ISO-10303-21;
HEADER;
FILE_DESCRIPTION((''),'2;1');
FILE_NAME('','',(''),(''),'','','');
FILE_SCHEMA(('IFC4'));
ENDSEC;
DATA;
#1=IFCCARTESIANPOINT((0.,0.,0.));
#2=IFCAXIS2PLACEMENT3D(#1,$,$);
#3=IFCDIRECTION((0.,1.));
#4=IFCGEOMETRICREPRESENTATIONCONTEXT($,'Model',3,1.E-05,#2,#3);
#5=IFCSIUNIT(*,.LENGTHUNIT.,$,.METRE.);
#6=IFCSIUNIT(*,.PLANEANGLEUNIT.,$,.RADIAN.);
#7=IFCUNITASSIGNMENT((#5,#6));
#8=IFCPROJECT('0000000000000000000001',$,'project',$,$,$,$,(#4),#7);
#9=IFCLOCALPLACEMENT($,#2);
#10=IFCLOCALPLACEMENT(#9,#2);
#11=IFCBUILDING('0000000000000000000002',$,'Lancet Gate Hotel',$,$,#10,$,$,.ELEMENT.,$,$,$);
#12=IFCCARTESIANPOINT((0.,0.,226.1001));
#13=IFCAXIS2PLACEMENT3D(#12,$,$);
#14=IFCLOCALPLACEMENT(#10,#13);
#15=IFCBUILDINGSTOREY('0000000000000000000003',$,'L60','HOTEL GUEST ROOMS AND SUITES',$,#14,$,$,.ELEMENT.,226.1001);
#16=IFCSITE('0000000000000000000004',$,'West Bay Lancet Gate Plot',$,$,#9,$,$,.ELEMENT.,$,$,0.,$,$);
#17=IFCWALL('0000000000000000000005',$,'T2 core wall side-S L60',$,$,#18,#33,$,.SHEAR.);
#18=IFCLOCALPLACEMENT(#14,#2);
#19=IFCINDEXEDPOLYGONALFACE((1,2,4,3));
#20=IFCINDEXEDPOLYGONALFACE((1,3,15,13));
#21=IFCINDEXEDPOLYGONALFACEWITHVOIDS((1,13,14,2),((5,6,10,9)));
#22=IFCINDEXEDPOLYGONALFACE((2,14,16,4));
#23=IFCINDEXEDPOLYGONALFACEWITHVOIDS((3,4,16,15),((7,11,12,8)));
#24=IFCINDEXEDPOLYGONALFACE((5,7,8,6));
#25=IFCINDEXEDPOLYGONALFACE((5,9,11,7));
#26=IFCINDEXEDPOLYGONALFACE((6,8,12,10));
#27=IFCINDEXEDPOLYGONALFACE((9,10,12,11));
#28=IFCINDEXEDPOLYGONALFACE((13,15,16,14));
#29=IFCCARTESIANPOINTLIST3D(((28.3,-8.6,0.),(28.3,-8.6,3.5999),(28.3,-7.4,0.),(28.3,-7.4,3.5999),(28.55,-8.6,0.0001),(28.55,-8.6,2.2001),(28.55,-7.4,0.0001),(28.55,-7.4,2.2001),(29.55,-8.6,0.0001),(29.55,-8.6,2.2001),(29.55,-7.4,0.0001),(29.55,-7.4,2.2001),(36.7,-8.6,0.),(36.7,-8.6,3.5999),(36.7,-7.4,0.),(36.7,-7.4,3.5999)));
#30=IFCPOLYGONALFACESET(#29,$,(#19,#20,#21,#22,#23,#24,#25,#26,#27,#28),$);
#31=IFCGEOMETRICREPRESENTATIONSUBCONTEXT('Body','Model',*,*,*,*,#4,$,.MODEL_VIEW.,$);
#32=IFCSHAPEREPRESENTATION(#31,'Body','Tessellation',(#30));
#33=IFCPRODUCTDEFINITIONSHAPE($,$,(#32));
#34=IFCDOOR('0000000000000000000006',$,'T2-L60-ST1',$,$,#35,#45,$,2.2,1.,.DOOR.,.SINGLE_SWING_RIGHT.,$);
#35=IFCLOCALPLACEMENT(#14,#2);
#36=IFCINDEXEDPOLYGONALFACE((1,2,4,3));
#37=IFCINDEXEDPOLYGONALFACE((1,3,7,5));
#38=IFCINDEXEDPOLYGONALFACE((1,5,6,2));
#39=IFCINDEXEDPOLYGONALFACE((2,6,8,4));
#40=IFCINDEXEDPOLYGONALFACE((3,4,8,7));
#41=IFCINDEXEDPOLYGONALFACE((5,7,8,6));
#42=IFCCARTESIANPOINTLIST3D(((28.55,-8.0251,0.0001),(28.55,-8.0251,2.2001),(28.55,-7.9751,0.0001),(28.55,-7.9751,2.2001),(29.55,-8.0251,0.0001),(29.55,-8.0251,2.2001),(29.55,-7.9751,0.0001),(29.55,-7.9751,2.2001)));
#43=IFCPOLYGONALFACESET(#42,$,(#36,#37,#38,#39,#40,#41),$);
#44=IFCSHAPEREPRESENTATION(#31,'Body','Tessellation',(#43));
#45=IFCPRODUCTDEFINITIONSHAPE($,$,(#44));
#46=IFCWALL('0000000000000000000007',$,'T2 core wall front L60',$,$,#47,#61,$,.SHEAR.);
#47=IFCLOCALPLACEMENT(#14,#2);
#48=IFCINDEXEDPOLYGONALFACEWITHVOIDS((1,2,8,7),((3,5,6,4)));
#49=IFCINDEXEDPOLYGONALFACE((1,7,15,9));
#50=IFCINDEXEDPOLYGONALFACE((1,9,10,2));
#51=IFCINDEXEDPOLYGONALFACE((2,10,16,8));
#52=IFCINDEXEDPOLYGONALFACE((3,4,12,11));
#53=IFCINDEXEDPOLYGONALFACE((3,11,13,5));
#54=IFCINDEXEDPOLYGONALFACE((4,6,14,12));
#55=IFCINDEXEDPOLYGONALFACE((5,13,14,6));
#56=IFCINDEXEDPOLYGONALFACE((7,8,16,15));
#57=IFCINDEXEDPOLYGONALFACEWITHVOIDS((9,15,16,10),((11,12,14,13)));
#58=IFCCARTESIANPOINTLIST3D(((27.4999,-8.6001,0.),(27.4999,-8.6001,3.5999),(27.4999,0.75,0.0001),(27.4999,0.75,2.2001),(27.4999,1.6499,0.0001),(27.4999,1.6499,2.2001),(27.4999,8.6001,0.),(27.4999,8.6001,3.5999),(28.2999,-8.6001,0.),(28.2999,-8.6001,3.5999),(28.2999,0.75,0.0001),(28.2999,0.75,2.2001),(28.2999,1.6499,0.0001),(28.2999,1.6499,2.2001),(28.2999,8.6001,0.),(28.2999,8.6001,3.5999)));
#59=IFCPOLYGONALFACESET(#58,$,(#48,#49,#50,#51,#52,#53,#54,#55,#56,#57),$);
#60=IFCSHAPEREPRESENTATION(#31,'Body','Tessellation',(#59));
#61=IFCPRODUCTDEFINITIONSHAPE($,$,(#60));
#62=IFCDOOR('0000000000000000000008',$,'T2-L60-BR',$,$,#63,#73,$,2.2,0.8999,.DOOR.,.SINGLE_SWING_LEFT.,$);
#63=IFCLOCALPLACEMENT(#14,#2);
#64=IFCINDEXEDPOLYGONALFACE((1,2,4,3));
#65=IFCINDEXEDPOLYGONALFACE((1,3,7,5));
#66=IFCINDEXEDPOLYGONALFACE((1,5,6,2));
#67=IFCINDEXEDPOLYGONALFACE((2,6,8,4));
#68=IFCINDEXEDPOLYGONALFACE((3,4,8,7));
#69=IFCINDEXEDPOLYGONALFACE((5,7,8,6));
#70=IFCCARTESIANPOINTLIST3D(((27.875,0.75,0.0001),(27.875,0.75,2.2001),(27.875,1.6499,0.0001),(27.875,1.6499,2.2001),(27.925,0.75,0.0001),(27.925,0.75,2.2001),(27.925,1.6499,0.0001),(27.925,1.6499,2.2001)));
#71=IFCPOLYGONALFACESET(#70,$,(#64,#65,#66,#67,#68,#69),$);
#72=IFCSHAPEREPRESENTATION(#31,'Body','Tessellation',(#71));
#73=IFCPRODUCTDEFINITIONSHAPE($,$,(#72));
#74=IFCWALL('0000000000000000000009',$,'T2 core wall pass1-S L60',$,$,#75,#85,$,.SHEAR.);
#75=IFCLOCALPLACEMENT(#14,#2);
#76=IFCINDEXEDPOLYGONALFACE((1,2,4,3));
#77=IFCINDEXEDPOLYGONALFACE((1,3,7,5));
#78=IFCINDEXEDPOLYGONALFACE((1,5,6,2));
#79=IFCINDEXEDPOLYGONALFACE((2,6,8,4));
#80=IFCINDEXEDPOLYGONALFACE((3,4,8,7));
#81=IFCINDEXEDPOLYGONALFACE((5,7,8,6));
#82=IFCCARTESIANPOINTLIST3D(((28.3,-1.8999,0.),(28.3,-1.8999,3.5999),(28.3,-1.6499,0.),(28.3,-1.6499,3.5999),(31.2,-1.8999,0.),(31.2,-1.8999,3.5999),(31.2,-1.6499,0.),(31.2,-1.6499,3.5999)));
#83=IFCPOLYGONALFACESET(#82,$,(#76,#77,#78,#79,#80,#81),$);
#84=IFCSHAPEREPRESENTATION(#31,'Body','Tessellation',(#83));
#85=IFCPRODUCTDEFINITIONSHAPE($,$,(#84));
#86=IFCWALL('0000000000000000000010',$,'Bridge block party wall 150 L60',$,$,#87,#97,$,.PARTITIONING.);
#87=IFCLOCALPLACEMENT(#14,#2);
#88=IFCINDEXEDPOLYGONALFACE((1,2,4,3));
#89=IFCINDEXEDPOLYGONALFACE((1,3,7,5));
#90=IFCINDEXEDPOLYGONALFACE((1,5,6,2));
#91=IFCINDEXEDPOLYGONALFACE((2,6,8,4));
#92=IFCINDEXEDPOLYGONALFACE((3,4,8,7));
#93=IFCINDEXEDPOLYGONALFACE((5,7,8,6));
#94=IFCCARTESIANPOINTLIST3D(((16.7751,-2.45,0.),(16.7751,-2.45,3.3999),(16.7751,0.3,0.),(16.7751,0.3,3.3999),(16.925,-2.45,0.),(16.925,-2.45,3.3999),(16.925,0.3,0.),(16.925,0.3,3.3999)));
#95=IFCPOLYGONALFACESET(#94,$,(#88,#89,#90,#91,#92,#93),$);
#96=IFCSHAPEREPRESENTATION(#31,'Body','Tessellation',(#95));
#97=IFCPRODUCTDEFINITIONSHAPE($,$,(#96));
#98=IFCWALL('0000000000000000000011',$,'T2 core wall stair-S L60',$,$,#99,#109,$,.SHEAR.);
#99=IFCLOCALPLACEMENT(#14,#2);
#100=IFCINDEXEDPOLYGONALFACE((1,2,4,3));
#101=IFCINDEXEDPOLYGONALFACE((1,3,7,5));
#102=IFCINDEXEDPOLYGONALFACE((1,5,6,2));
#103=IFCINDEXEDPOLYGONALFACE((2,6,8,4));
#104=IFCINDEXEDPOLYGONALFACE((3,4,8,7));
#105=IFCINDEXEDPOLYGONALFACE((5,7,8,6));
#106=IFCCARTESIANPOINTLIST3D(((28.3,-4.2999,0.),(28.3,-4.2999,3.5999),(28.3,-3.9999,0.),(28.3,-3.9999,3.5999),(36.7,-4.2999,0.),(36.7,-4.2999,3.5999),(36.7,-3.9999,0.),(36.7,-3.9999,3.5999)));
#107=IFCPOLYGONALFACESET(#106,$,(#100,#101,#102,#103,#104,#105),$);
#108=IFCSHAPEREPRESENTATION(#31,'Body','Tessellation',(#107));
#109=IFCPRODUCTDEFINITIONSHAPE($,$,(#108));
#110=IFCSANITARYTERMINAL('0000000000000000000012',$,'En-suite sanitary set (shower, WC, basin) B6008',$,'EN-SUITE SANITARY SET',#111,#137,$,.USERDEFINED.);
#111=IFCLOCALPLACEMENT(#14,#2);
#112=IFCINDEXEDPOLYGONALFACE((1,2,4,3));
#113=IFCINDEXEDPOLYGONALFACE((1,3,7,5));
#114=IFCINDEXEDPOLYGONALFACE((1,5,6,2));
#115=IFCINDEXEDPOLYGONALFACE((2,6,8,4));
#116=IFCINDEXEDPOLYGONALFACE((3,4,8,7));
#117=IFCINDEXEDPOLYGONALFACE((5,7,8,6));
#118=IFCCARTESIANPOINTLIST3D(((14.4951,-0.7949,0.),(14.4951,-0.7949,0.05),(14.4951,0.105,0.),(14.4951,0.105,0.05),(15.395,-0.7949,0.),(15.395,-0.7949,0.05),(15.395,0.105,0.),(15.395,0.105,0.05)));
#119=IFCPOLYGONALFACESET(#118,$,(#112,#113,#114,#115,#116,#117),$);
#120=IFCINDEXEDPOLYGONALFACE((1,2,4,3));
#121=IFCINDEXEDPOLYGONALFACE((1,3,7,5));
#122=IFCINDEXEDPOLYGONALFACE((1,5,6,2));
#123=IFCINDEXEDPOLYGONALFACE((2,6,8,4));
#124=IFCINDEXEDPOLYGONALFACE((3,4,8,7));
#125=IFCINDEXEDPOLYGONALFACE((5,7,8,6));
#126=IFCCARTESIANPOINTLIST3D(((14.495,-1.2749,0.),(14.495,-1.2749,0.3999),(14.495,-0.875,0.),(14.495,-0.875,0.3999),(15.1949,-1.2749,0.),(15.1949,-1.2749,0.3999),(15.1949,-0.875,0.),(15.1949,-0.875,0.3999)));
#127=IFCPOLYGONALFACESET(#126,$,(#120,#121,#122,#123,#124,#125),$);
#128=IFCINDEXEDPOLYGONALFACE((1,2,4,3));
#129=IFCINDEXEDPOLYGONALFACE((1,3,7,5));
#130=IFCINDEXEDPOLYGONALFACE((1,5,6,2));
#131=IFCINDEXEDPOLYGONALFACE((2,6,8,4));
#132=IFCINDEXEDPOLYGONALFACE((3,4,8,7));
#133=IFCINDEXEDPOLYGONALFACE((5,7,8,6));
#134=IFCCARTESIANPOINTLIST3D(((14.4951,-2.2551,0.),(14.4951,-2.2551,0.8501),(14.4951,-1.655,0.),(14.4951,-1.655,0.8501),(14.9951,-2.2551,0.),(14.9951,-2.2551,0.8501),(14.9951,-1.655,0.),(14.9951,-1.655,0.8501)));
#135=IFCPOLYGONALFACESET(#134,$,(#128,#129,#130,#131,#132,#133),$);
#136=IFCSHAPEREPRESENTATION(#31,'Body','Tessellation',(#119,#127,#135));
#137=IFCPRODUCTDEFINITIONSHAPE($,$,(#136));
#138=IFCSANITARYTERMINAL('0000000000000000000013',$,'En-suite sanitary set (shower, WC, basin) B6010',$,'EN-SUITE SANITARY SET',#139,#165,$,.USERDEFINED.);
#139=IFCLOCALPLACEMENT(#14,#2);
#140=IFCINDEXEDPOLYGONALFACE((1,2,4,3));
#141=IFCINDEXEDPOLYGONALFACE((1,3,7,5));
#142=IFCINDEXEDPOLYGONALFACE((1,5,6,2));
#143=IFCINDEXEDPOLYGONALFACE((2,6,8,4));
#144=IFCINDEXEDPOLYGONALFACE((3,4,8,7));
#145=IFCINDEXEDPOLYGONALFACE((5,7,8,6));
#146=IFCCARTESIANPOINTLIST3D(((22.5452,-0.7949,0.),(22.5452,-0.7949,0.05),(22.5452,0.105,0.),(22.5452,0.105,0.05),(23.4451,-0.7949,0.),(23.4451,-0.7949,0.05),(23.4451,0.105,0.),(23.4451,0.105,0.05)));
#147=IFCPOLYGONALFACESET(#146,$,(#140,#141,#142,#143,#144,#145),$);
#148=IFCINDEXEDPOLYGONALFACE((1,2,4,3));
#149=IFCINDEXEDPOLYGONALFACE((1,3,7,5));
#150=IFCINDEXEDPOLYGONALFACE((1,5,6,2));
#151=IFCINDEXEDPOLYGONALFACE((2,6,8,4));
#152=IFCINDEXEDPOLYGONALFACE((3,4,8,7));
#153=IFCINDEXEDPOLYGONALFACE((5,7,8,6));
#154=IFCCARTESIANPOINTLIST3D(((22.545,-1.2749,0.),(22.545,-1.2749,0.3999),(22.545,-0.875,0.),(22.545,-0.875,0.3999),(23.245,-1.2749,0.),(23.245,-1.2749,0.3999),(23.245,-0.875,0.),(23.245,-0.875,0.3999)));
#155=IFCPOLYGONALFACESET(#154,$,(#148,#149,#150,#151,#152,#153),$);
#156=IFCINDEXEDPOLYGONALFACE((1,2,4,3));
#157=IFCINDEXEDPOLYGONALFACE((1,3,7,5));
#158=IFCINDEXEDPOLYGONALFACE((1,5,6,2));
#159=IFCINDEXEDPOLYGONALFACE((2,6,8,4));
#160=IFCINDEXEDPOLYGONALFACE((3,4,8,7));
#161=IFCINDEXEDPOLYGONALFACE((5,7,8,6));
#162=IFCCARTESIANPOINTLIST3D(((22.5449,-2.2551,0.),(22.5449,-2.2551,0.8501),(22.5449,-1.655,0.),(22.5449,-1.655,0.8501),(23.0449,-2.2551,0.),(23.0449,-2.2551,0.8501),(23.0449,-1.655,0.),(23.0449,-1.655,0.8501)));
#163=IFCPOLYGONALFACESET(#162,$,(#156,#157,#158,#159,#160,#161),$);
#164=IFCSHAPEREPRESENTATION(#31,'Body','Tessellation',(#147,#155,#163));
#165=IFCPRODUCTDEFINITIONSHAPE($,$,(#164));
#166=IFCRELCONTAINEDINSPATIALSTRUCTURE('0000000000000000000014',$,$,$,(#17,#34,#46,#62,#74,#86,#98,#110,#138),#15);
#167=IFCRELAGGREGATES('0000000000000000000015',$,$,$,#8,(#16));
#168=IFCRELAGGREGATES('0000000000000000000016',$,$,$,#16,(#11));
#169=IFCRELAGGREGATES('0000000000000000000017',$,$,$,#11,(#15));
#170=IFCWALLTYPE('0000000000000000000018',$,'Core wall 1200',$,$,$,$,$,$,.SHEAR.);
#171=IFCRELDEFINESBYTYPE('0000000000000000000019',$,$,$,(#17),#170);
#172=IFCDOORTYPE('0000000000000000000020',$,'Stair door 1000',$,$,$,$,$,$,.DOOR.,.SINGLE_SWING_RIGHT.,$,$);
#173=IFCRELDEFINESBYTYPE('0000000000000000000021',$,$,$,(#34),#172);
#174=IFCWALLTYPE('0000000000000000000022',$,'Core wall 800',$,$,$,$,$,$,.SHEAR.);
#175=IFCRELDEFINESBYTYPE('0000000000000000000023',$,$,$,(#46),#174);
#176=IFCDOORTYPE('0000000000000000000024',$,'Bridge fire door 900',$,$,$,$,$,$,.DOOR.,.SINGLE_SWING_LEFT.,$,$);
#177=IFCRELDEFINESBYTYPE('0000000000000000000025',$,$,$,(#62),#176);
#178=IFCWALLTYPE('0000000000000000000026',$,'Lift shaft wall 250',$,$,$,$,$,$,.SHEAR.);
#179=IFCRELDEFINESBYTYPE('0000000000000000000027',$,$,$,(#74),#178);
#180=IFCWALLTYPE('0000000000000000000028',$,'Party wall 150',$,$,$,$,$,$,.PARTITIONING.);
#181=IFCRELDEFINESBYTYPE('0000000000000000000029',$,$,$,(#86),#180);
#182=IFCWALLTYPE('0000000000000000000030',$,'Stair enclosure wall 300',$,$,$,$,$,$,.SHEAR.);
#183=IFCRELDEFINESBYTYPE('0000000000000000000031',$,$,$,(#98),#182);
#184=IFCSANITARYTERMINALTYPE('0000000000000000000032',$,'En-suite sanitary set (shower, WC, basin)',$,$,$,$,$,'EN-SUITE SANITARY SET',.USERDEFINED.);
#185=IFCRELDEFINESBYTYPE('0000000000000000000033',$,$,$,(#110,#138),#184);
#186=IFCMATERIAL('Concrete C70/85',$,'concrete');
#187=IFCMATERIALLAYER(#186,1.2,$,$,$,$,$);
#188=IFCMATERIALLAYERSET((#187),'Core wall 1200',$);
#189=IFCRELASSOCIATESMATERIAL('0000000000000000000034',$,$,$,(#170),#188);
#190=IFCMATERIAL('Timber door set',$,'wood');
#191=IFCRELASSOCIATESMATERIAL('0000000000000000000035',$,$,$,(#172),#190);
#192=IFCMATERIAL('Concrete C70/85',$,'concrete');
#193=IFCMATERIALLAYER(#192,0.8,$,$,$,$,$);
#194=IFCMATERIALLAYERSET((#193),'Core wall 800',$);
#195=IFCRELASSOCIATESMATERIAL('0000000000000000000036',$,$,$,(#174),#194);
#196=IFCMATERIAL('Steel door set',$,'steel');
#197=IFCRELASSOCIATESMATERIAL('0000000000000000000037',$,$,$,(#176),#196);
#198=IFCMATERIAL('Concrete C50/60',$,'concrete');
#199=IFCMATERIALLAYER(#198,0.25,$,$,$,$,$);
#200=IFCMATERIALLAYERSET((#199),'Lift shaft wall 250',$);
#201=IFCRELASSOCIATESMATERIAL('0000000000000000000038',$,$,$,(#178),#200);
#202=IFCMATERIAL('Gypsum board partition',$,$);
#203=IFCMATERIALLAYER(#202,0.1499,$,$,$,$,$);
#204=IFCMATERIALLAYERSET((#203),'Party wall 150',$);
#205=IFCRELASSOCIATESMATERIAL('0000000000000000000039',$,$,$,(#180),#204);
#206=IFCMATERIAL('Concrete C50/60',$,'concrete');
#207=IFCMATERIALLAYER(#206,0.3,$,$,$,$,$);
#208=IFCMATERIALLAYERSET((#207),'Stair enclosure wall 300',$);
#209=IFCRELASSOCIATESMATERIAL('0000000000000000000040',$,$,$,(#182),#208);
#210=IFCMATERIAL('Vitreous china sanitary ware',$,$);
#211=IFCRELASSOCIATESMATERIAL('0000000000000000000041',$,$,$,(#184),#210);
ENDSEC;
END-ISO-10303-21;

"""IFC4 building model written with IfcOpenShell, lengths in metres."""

from ifc_helpers import new_model, si_unit, direction, frame, frame_2d, origin, origin_2d, place, context, subcontext, project, spatial, rectangle, extrude, material, layer, layer_set, type_object, element, fill, save


model = new_model("IFC4")

# Units and contexts
model_context = context("Model", 3, precision=1e-05, world=origin(), true_north=direction((0.0, 1.0)))
body_context = subcontext(model_context, "Body", "Model", "MODEL_VIEW")
ifc_project = project(units=[si_unit("LENGTHUNIT", "METRE"), si_unit("PLANEANGLEUNIT", "RADIAN")], contexts=[model_context])

# Site, building, storey
site_placement = place(None, origin())
site = spatial("IfcSite", under=ifc_project, at=site_placement, Name="West Bay Lancet Gate Plot", CompositionType="ELEMENT", RefElevation=0.0)
building_placement = place(site_placement, origin())
building = spatial("IfcBuilding", under=site, at=building_placement, Name="Lancet Gate Hotel", CompositionType="ELEMENT")
storey_placement = place(building_placement, frame((0.0, 0.0, 226.1001)))
storey = spatial("IfcBuildingStorey", under=building, at=storey_placement, Name="L60", Description="HOTEL GUEST ROOMS AND SUITES", CompositionType="ELEMENT", Elevation=226.1001)

# Walls, openings, doors
ifc_material_1 = material(Name="Concrete C70/85", Category="concrete")
ifc_layer_1 = layer(ifc_material_1, 1.2)
ifc_layer_set_1 = layer_set([ifc_layer_1], Name="Core wall 1200")
wall_type_1 = type_object("IfcWallType", Name="Core wall 1200", PredefinedType="SHEAR", material=ifc_layer_set_1)
wall_1_placement = place(storey_placement, frame((28.3, -8.0, 0.0), z_axis=(0.0, 0.0, 1.0), x_axis=(1.0, 0.0, 0.0)))
wall_1 = element("IfcWall", 1, at=wall_1_placement, inside=storey, type_object=wall_type_1, Name="T2 core wall side-S L60", PredefinedType="SHEAR", context=body_context, shape_type="SweptSolid", body=[
    extrude(rectangle(XDim=8.3999, YDim=1.2, at=frame_2d((4.2, 0.0))), origin(), (0.0, 0.0, 1.0), 3.5999),
])
opening_1_placement = place(wall_1_placement, frame((0.25, 0.0, 0.0)))
opening_1 = element("IfcOpeningElement", 2, at=opening_1_placement, cuts=wall_1, PredefinedType="OPENING", context=body_context, shape_type="SweptSolid", body=[
    extrude(rectangle(XDim=1.0, YDim=2.2, at=frame_2d((0.5, 1.1001))), frame((0.0, 0.6099, 0.0), z_axis=(0.0, -1.0, 0.0), x_axis=(1.0, 0.0, 0.0)), (0.0, 0.0, 1.0), 1.22),
])
ifc_material_2 = material(Name="Timber door set", Category="wood")
door_type_1 = type_object("IfcDoorType", Name="Stair door 1000", OperationType="SINGLE_SWING_RIGHT", PredefinedType="DOOR", material=ifc_material_2)
door_1_placement = place(opening_1_placement, origin())
door_1 = element("IfcDoor", 3, at=door_1_placement, inside=storey, type_object=door_type_1, Name="T2-L60-ST1", OperationType="SINGLE_SWING_RIGHT", OverallHeight=2.2, OverallWidth=1.0, PredefinedType="DOOR", context=body_context, shape_type="SweptSolid", body=[
    extrude(rectangle(XDim=1.0, YDim=2.2, at=frame_2d((0.5, 1.1001))), frame((0.0, 0.0249, 0.0), z_axis=(0.0, -1.0, 0.0), x_axis=(1.0, 0.0, 0.0)), (0.0, 0.0, 1.0), 0.05),
])
fill(opening_1, door_1)
ifc_material_3 = material(Name="Concrete C70/85", Category="concrete")
ifc_layer_2 = layer(ifc_material_3, 0.8)
ifc_layer_set_2 = layer_set([ifc_layer_2], Name="Core wall 800")
wall_type_2 = type_object("IfcWallType", Name="Core wall 800", PredefinedType="SHEAR", material=ifc_layer_set_2)
wall_2_placement = place(storey_placement, frame((27.8999, -8.6001, 0.0), z_axis=(0.0, 0.0, 1.0), x_axis=(0.0, 1.0, 0.0)))
wall_2 = element("IfcWall", 4, at=wall_2_placement, inside=storey, type_object=wall_type_2, Name="T2 core wall front L60", PredefinedType="SHEAR", context=body_context, shape_type="SweptSolid", body=[
    extrude(rectangle(XDim=17.2002, YDim=0.8, at=frame_2d((8.6001, 0.0))), origin(), (0.0, 0.0, 1.0), 3.5999),
])
opening_2_placement = place(wall_2_placement, frame((9.3501, 0.0, 0.0)))
opening_2 = element("IfcOpeningElement", 5, at=opening_2_placement, cuts=wall_2, PredefinedType="OPENING", context=body_context, shape_type="SweptSolid", body=[
    extrude(rectangle(XDim=0.8999, YDim=2.2, at=frame_2d((0.45, 1.1001))), frame((0.0, 0.4099, 0.0), z_axis=(0.0, -1.0, 0.0), x_axis=(1.0, 0.0, 0.0)), (0.0, 0.0, 1.0), 0.8201),
])
ifc_material_4 = material(Name="Steel door set", Category="steel")
door_type_2 = type_object("IfcDoorType", Name="Bridge fire door 900", OperationType="SINGLE_SWING_LEFT", PredefinedType="DOOR", material=ifc_material_4)
door_2_placement = place(opening_2_placement, origin())
door_2 = element("IfcDoor", 6, at=door_2_placement, inside=storey, type_object=door_type_2, Name="T2-L60-BR", OperationType="SINGLE_SWING_LEFT", OverallHeight=2.2, OverallWidth=0.8999, PredefinedType="DOOR", context=body_context, shape_type="SweptSolid", body=[
    extrude(rectangle(XDim=0.8999, YDim=2.2, at=frame_2d((0.45, 1.1001))), frame((0.0, 0.0249, 0.0), z_axis=(0.0, -1.0, 0.0), x_axis=(1.0, 0.0, 0.0)), (0.0, 0.0, 1.0), 0.05),
])
fill(opening_2, door_2)

# Walls
ifc_material_5 = material(Name="Concrete C50/60", Category="concrete")
ifc_layer_3 = layer(ifc_material_5, 0.25)
ifc_layer_set_3 = layer_set([ifc_layer_3], Name="Lift shaft wall 250")
wall_type_3 = type_object("IfcWallType", Name="Lift shaft wall 250", PredefinedType="SHEAR", material=ifc_layer_set_3)
wall_3_placement = place(storey_placement, frame((28.3, -1.7749, 0.0), z_axis=(0.0, 0.0, 1.0), x_axis=(1.0, 0.0, 0.0)))
element("IfcWall", 7, at=wall_3_placement, inside=storey, type_object=wall_type_3, Name="T2 core wall pass1-S L60", PredefinedType="SHEAR", context=body_context, shape_type="SweptSolid", body=[
    extrude(rectangle(XDim=2.8999, YDim=0.25, at=frame_2d((1.45, 0.0))), origin(), (0.0, 0.0, 1.0), 3.5999),
])
ifc_material_6 = material(Name="Gypsum board partition")
ifc_layer_4 = layer(ifc_material_6, 0.1499)
ifc_layer_set_4 = layer_set([ifc_layer_4], Name="Party wall 150")
wall_type_4 = type_object("IfcWallType", Name="Party wall 150", PredefinedType="PARTITIONING", material=ifc_layer_set_4)
wall_4_placement = place(storey_placement, frame((16.8501, -2.45, 0.0), z_axis=(0.0, 0.0, 1.0), x_axis=(0.0, 1.0, 0.0)))
element("IfcWall", 8, at=wall_4_placement, inside=storey, type_object=wall_type_4, Name="Bridge block party wall 150 L60", PredefinedType="PARTITIONING", context=body_context, shape_type="SweptSolid", body=[
    extrude(rectangle(XDim=2.75, YDim=0.1499, at=frame_2d((1.375, 0.0))), origin(), (0.0, 0.0, 1.0), 3.3999),
])
ifc_material_7 = material(Name="Concrete C50/60", Category="concrete")
ifc_layer_5 = layer(ifc_material_7, 0.3)
ifc_layer_set_5 = layer_set([ifc_layer_5], Name="Stair enclosure wall 300")
wall_type_5 = type_object("IfcWallType", Name="Stair enclosure wall 300", PredefinedType="SHEAR", material=ifc_layer_set_5)
wall_5_placement = place(storey_placement, frame((28.3, -4.1499, 0.0), z_axis=(0.0, 0.0, 1.0), x_axis=(1.0, 0.0, 0.0)))
element("IfcWall", 9, at=wall_5_placement, inside=storey, type_object=wall_type_5, Name="T2 core wall stair-S L60", PredefinedType="SHEAR", context=body_context, shape_type="SweptSolid", body=[
    extrude(rectangle(XDim=8.3999, YDim=0.3, at=frame_2d((4.2, 0.0))), origin(), (0.0, 0.0, 1.0), 3.5999),
])

# Sanitary terminals
ifc_material_8 = material(Name="Vitreous china sanitary ware")
sanitary_terminal_type = type_object("IfcSanitaryTerminalType", Name="En-suite sanitary set (shower, WC, basin)", ElementType="EN-SUITE SANITARY SET", PredefinedType="USERDEFINED", material=ifc_material_8)
sanitary_terminal_1_placement = place(storey_placement, frame((14.9451, -0.345, 0.0), z_axis=(0.0, 0.0, 1.0), x_axis=(1.0, 0.0, 0.0)))
element("IfcSanitaryTerminal", 10, at=sanitary_terminal_1_placement, inside=storey, type_object=sanitary_terminal_type, Name="En-suite sanitary set (shower, WC, basin) B6008", ObjectType="EN-SUITE SANITARY SET", PredefinedType="USERDEFINED", context=body_context, shape_type="SweptSolid", body=[
    extrude(rectangle(XDim=0.8999, YDim=0.8999, at=origin_2d()), frame((0.0, 0.0, 0.0), z_axis=(0.0, 0.0, 1.0), x_axis=(0.0, 1.0, 0.0)), (0.0, 0.0, 1.0), 0.05),
    extrude(rectangle(XDim=0.3999, YDim=0.7, at=origin_2d()), frame((-0.1001, -0.73, 0.0), z_axis=(0.0, 0.0, 1.0), x_axis=(0.0, 1.0, 0.0)), (0.0, 0.0, 1.0), 0.3999),
    extrude(rectangle(XDim=0.6001, YDim=0.5, at=origin_2d()), frame((-0.2, -1.6101, 0.0), z_axis=(0.0, 0.0, 1.0), x_axis=(0.0, 1.0, 0.0)), (0.0, 0.0, 1.0), 0.8501),
])
sanitary_terminal_2_placement = place(storey_placement, frame((22.9951, -0.345, 0.0), z_axis=(0.0, 0.0, 1.0), x_axis=(1.0, 0.0, 0.0)))
element("IfcSanitaryTerminal", 11, at=sanitary_terminal_2_placement, inside=storey, type_object=sanitary_terminal_type, Name="En-suite sanitary set (shower, WC, basin) B6010", ObjectType="EN-SUITE SANITARY SET", PredefinedType="USERDEFINED", context=body_context, shape_type="SweptSolid", body=[
    extrude(rectangle(XDim=0.8999, YDim=0.8999, at=origin_2d()), frame((0.0, 0.0, 0.0), z_axis=(0.0, 0.0, 1.0), x_axis=(0.0, 1.0, 0.0)), (0.0, 0.0, 1.0), 0.05),
    extrude(rectangle(XDim=0.3999, YDim=0.7, at=origin_2d()), frame((-0.1001, -0.73, 0.0), z_axis=(0.0, 0.0, 1.0), x_axis=(0.0, 1.0, 0.0)), (0.0, 0.0, 1.0), 0.3999),
    extrude(rectangle(XDim=0.6001, YDim=0.5, at=origin_2d()), frame((-0.2002, -1.6101, 0.0), z_axis=(0.0, 0.0, 1.0), x_axis=(0.0, 1.0, 0.0)), (0.0, 0.0, 1.0), 0.8501),
])

save(model, "model.ifc")
